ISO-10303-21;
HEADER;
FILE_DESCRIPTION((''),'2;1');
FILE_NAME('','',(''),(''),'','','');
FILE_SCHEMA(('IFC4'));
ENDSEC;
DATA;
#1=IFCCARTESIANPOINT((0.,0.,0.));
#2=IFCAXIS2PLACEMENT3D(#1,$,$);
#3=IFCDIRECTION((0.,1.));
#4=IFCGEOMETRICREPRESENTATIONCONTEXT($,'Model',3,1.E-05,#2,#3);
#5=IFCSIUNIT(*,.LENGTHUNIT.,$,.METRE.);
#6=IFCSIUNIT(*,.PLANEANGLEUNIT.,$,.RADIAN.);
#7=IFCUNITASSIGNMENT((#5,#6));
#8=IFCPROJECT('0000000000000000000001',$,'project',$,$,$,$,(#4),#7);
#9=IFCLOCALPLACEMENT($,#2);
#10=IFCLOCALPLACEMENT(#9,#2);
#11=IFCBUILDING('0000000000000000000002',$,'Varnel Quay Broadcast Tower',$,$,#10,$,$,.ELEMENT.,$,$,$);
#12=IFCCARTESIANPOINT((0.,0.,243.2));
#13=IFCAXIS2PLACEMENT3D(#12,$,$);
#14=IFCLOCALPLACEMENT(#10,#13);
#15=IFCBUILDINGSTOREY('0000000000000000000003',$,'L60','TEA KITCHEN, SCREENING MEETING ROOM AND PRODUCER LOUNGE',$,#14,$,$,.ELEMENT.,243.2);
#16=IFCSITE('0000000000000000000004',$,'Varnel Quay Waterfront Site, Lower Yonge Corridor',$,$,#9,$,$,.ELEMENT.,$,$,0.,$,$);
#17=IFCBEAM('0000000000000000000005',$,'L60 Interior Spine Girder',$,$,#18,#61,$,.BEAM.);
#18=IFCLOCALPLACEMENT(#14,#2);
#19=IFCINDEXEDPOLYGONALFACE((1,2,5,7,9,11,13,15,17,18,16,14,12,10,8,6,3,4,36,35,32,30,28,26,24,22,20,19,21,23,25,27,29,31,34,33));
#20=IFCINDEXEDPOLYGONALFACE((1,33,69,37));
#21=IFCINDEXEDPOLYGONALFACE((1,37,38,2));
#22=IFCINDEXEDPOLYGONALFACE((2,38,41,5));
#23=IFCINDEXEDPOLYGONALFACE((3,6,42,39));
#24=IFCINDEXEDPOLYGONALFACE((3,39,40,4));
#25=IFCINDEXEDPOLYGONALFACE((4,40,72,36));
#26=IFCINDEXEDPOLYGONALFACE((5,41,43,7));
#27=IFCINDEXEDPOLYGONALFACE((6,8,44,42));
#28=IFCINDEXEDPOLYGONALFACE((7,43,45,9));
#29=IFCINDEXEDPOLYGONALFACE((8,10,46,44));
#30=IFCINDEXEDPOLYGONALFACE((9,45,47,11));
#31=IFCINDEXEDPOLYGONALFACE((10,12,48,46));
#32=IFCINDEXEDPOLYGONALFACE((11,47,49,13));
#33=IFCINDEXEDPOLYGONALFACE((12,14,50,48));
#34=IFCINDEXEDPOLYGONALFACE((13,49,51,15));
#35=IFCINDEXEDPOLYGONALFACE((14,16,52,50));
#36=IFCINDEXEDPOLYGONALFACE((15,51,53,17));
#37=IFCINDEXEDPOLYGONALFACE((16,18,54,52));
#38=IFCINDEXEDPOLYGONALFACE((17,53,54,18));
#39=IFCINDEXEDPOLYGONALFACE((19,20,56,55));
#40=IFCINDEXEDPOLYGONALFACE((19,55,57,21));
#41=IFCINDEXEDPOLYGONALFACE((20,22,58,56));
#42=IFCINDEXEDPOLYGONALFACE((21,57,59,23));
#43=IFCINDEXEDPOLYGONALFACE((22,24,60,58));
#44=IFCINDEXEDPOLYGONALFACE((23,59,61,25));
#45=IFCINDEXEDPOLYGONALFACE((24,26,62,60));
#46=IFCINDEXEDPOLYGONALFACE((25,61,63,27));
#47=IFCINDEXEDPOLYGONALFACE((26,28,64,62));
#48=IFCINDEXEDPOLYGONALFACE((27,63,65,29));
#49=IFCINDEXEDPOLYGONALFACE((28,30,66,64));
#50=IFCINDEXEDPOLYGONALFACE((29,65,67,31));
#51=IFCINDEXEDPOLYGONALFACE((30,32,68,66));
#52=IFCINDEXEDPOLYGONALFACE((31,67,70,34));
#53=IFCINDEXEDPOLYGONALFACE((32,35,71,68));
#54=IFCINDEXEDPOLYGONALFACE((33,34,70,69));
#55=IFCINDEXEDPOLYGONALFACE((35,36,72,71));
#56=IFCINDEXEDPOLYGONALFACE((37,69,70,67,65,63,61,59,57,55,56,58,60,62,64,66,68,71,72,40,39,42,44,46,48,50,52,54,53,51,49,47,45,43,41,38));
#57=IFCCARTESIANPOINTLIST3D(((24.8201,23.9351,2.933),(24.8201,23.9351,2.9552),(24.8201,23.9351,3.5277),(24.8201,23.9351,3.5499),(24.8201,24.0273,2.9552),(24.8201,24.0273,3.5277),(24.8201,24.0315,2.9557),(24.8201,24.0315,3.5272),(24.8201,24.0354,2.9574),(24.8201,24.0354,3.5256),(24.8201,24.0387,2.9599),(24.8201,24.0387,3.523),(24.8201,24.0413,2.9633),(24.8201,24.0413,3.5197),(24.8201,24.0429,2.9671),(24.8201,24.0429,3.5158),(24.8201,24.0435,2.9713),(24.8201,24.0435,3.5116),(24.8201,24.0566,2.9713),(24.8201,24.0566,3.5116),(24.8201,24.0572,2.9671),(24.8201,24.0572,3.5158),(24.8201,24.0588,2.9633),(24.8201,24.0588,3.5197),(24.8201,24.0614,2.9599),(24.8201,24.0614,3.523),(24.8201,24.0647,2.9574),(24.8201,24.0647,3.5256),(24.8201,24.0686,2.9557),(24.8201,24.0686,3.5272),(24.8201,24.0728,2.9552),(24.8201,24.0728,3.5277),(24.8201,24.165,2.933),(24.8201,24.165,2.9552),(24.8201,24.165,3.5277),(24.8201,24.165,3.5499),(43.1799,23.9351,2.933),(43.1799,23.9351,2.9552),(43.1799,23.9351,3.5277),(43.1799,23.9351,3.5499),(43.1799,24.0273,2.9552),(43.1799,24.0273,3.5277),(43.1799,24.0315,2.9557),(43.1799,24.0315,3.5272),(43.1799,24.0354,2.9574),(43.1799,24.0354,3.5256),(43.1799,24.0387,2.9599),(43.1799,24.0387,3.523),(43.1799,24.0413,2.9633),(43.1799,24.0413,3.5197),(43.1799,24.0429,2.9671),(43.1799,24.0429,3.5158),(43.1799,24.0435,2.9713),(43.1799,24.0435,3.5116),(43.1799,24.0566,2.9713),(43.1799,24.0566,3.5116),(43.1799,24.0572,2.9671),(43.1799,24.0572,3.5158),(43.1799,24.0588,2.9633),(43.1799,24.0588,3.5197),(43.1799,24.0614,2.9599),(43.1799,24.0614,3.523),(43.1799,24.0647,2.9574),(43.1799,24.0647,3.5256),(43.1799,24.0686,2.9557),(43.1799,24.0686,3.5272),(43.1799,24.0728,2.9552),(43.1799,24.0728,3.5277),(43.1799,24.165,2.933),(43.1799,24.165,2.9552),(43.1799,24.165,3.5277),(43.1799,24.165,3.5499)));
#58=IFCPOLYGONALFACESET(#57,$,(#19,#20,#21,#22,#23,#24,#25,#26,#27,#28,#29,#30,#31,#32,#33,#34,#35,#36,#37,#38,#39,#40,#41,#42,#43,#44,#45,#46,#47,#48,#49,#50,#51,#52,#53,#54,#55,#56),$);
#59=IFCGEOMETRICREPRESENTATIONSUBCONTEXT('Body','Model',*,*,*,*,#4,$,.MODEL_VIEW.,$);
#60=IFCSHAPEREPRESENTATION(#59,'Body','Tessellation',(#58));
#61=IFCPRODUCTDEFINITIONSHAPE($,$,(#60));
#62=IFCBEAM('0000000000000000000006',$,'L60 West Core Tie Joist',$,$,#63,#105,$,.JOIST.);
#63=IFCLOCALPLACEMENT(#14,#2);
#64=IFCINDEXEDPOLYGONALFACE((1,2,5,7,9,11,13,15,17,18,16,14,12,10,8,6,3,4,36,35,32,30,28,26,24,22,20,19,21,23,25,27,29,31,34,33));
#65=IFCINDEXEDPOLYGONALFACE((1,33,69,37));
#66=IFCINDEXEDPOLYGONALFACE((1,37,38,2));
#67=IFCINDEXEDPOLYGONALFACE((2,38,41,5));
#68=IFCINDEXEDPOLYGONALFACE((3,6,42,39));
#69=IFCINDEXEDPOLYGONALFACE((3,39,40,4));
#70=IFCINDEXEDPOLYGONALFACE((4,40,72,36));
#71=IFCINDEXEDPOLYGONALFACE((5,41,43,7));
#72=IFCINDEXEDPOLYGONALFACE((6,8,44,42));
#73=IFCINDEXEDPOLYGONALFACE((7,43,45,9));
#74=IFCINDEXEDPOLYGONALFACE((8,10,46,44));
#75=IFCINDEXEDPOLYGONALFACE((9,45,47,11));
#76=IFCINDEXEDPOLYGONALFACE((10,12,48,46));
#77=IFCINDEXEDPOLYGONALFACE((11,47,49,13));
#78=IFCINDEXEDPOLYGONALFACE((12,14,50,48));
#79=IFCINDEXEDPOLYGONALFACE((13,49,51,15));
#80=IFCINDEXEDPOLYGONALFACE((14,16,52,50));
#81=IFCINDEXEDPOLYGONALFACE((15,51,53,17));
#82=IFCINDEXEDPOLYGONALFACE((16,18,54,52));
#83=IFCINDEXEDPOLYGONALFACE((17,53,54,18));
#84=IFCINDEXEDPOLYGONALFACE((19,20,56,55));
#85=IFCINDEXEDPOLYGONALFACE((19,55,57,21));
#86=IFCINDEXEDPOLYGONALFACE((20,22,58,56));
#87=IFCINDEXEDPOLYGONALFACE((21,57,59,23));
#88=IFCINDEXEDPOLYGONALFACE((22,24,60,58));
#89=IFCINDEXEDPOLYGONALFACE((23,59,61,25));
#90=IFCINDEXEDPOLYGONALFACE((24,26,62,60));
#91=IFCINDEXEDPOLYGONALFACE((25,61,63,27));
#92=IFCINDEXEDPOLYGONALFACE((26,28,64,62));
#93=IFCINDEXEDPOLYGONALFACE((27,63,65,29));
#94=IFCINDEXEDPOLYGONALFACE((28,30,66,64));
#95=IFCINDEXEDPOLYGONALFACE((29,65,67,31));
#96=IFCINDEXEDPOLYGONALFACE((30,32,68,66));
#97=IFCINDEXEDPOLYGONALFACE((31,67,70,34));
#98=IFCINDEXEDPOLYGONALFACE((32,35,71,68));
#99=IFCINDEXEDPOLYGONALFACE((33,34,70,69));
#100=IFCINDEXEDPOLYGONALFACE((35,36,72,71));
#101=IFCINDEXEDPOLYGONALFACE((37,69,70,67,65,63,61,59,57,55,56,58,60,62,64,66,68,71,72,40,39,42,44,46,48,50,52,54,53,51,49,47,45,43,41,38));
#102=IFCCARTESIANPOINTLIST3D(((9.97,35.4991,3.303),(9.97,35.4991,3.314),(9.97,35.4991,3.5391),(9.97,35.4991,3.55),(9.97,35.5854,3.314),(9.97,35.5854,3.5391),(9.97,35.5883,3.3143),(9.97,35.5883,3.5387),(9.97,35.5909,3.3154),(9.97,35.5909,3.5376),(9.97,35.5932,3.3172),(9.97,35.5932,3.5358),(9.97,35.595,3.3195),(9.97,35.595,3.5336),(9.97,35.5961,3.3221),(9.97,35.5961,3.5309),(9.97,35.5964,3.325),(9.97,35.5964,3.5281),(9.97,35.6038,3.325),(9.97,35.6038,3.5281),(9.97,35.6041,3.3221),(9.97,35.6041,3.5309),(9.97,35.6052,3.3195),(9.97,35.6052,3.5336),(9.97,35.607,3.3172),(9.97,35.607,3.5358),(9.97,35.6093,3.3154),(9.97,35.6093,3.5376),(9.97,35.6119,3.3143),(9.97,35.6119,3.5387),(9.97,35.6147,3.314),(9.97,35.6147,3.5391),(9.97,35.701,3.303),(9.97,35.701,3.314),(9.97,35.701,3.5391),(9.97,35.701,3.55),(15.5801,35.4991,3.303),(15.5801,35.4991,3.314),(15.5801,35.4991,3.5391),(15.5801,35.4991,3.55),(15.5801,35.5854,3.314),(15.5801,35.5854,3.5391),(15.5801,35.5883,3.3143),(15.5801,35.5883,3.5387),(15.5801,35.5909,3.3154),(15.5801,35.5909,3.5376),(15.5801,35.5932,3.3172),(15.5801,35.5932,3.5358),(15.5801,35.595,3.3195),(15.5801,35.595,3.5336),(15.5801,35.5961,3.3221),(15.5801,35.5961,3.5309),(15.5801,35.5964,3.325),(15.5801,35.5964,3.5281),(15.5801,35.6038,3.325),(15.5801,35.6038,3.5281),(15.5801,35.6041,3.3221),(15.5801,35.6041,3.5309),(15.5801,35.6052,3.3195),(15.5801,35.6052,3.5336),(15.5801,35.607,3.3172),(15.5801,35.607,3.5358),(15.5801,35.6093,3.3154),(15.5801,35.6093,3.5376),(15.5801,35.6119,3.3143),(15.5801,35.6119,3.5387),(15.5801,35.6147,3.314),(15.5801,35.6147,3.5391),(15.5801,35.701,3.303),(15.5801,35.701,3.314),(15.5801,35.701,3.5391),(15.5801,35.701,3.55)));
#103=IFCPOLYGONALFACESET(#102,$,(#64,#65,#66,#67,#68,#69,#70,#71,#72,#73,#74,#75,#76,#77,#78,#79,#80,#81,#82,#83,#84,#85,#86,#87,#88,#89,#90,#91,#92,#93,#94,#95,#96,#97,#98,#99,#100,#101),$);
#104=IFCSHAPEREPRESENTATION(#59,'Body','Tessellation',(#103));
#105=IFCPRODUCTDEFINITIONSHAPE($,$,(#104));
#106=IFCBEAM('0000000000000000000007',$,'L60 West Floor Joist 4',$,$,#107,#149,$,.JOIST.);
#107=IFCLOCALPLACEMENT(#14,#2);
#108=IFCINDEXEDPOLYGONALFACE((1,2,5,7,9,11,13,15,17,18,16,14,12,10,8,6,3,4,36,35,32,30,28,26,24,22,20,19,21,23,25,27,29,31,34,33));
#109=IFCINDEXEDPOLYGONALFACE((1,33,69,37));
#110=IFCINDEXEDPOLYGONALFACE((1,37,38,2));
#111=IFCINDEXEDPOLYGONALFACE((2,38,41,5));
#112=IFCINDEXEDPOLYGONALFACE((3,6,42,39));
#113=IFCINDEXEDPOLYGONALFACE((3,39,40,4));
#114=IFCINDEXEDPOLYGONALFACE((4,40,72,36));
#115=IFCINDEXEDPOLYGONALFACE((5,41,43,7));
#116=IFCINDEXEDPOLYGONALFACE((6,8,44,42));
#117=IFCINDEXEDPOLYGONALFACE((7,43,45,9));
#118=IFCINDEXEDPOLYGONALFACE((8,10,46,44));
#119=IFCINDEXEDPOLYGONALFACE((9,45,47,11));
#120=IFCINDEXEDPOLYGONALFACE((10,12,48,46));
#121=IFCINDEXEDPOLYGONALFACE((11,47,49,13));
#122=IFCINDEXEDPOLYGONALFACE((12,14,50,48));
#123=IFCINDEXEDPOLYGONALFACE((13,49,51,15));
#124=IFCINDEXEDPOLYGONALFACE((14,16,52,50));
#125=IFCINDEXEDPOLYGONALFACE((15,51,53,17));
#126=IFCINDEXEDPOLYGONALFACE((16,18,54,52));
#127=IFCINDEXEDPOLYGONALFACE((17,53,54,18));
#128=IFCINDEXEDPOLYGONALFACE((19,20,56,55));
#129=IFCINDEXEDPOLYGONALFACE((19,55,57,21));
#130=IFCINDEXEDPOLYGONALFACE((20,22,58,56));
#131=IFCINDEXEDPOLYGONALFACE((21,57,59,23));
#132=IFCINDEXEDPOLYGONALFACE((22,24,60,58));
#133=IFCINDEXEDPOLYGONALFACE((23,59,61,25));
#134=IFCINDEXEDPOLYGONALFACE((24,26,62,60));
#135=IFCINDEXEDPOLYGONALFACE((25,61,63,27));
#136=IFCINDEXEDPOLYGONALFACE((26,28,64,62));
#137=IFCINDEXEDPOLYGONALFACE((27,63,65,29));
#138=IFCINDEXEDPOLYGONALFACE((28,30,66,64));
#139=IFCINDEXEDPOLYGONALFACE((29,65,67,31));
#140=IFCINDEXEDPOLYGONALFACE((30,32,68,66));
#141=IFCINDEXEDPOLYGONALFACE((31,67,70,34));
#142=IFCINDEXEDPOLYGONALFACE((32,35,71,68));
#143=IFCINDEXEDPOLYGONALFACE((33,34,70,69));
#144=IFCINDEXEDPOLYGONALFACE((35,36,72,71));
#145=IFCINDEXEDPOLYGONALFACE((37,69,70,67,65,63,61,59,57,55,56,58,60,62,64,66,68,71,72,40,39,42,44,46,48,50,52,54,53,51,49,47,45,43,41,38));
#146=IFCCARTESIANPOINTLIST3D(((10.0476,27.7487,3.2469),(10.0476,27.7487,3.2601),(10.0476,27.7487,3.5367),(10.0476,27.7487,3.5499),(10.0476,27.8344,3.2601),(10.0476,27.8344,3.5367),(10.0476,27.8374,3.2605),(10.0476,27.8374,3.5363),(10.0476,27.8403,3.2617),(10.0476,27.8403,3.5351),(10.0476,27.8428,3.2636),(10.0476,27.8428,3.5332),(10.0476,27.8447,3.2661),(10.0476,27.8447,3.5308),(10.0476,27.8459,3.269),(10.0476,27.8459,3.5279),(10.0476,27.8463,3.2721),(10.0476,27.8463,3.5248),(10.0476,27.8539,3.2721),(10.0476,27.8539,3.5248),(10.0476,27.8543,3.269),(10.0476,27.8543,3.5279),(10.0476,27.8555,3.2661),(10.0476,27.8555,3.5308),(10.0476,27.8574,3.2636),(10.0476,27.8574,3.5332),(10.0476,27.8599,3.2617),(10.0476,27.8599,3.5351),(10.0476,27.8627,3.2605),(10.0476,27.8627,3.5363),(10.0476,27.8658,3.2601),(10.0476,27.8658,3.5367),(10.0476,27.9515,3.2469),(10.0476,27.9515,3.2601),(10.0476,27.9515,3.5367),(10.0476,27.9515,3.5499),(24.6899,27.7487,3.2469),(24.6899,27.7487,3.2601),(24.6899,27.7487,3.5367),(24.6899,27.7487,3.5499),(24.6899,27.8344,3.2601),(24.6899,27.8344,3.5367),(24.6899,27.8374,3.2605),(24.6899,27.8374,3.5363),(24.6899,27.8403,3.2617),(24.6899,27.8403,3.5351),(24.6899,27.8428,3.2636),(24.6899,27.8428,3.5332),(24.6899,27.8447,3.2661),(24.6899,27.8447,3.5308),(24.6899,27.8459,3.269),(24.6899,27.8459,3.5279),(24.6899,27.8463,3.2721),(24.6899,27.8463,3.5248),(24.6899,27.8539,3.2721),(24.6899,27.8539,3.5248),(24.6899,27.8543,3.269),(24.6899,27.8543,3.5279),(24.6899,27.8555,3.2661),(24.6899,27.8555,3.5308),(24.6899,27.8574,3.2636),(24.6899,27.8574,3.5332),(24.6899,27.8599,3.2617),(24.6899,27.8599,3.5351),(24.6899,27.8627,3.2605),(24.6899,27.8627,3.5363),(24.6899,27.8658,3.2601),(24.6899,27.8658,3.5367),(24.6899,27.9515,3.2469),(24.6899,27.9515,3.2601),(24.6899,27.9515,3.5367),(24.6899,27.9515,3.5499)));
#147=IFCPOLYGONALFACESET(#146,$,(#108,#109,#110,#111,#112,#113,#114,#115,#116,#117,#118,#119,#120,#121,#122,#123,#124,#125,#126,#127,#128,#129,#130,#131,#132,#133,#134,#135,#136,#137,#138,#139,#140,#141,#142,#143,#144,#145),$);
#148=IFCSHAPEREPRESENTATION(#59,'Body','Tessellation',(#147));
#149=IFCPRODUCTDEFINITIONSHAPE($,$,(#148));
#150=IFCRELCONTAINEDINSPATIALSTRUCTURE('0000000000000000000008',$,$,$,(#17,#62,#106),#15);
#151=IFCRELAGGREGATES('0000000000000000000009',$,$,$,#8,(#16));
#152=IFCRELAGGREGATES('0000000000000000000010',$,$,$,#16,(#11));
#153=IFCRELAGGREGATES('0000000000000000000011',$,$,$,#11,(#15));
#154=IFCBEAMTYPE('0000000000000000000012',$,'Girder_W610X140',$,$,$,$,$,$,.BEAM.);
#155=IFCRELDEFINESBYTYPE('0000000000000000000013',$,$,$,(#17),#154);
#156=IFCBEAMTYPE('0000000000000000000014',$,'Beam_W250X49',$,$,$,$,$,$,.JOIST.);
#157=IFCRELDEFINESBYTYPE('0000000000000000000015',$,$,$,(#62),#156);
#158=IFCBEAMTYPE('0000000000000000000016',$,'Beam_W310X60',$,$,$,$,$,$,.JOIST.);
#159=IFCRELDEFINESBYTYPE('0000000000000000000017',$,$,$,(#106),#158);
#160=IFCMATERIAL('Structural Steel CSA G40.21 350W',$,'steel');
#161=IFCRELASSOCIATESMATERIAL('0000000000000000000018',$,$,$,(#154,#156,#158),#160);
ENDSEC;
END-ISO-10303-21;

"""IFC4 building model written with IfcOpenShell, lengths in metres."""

from ifc_helpers import new_model, si_unit, direction, frame, origin, origin_2d, place, context, subcontext, project, spatial, i_section, extrude, source, transform, mapped, material, material_profile, profile_set, type_object, type_shapes, element, save


model = new_model("IFC4")

# Units and contexts
model_context = context("Model", 3, precision=1e-05, world=origin(), true_north=direction((0.0, 1.0)))
body_context = subcontext(model_context, "Body", "Model", "MODEL_VIEW")
ifc_project = project(units=[si_unit("LENGTHUNIT", "METRE"), si_unit("PLANEANGLEUNIT", "RADIAN")], contexts=[model_context])

# Site, building, storey
site_placement = place(None, origin())
site = spatial("IfcSite", under=ifc_project, at=site_placement, Name="Varnel Quay Waterfront Site, Lower Yonge Corridor", CompositionType="ELEMENT", RefElevation=0.0)
building_placement = place(site_placement, origin())
building = spatial("IfcBuilding", under=site, at=building_placement, Name="Varnel Quay Broadcast Tower", CompositionType="ELEMENT")
storey_placement = place(building_placement, frame((0.0, 0.0, 243.2)))
storey = spatial("IfcBuildingStorey", under=building, at=storey_placement, Name="L60", Description="TEA KITCHEN, SCREENING MEETING ROOM AND PRODUCER LOUNGE", CompositionType="ELEMENT", Elevation=243.2)

# Shared definitions
ifc_material_1 = material(Name="Structural Steel CSA G40.21 350W", Category="steel")

# Beams
ifc_material_profile_1 = material_profile(ifc_material_1, i_section(OverallWidth=0.23, OverallDepth=0.6169, WebThickness=0.0132, FlangeThickness=0.0222, FilletRadius=0.0161, at=origin_2d()), Name="W610X140")
ifc_profile_set_1 = profile_set([ifc_material_profile_1], Name="Structural Steel CSA G40.21 350W")
beam_type_1 = type_object("IfcBeamType", Name="Girder_W610X140", PredefinedType="BEAM", material=ifc_profile_set_1)
shared_shape_1 = source(origin(), body_context, "Body", "SweptSolid", [
    extrude(i_section(OverallWidth=0.23, OverallDepth=0.6169, WebThickness=0.0132, FlangeThickness=0.0222, FilletRadius=0.0161, at=origin_2d()), origin(), (0.0, 0.0, 1.0), 18.3599),
])
beam_1_placement = place(storey_placement, frame((24.8201, 24.05, 3.2415), z_axis=(1.0, 0.0, 0.0), x_axis=(0.0, 1.0, 0.0)))
element("IfcBeam", 1, at=beam_1_placement, inside=storey, type_object=beam_type_1, Name="L60 Interior Spine Girder", PredefinedType="BEAM", context=body_context, shape_type="MappedRepresentation", body=[
    mapped(shared_shape_1, transform((0.0, 0.0, 0.0), x_axis=(1.0, 0.0, 0.0), y_axis=(0.0, 1.0, 0.0), z_axis=(0.0, 0.0, 1.0), scale=1.0)),
])
ifc_material_profile_2 = material_profile(ifc_material_1, i_section(OverallWidth=0.2019, OverallDepth=0.2471, WebThickness=0.0073, FlangeThickness=0.011, FilletRadius=0.011, at=origin_2d()), Name="W250X49")
ifc_profile_set_2 = profile_set([ifc_material_profile_2], Name="Structural Steel CSA G40.21 350W")
beam_type_2 = type_object("IfcBeamType", Name="Beam_W250X49", PredefinedType="JOIST", material=ifc_profile_set_2)
shared_shape_2 = source(origin(), body_context, "Body", "SweptSolid", [
    extrude(i_section(OverallWidth=0.2019, OverallDepth=0.2471, WebThickness=0.0073, FlangeThickness=0.011, FilletRadius=0.011, at=origin_2d()), origin(), (0.0, 0.0, 1.0), 5.6101),
])
type_shapes(beam_type_2, [shared_shape_2])
beam_2_placement = place(storey_placement, frame((9.97, 35.6001, 3.4265), z_axis=(1.0, 0.0, 0.0), x_axis=(0.0, 1.0, 0.0)))
element("IfcBeam", 2, at=beam_2_placement, inside=storey, type_object=beam_type_2, Name="L60 West Core Tie Joist", PredefinedType="JOIST", context=body_context, shape_type="MappedRepresentation", body=[
    mapped(shared_shape_2, transform((0.0, 0.0, 0.0), x_axis=(1.0, 0.0, 0.0), y_axis=(0.0, 1.0, 0.0), z_axis=(0.0, 0.0, 1.0), scale=1.0)),
])
ifc_material_profile_3 = material_profile(ifc_material_1, i_section(OverallWidth=0.2029, OverallDepth=0.303, WebThickness=0.0076, FlangeThickness=0.0132, FilletRadius=0.012, at=origin_2d()), Name="W310X60")
ifc_profile_set_3 = profile_set([ifc_material_profile_3], Name="Structural Steel CSA G40.21 350W")
beam_type_3 = type_object("IfcBeamType", Name="Beam_W310X60", PredefinedType="JOIST", material=ifc_profile_set_3)
shared_shape_3 = source(origin(), body_context, "Body", "SweptSolid", [
    extrude(i_section(OverallWidth=0.2029, OverallDepth=0.303, WebThickness=0.0076, FlangeThickness=0.0132, FilletRadius=0.012, at=origin_2d()), origin(), (0.0, 0.0, 1.0), 14.6423),
])
beam_3_placement = place(storey_placement, frame((10.0476, 27.8501, 3.3984), z_axis=(1.0, 0.0, 0.0), x_axis=(0.0, 1.0, 0.0)))
element("IfcBeam", 3, at=beam_3_placement, inside=storey, type_object=beam_type_3, Name="L60 West Floor Joist 4", PredefinedType="JOIST", context=body_context, shape_type="MappedRepresentation", body=[
    mapped(shared_shape_3, transform((0.0, 0.0, 0.0), x_axis=(1.0, 0.0, 0.0), y_axis=(0.0, 1.0, 0.0), z_axis=(0.0, 0.0, 1.0), scale=1.0)),
])

save(model, "model.ifc")
